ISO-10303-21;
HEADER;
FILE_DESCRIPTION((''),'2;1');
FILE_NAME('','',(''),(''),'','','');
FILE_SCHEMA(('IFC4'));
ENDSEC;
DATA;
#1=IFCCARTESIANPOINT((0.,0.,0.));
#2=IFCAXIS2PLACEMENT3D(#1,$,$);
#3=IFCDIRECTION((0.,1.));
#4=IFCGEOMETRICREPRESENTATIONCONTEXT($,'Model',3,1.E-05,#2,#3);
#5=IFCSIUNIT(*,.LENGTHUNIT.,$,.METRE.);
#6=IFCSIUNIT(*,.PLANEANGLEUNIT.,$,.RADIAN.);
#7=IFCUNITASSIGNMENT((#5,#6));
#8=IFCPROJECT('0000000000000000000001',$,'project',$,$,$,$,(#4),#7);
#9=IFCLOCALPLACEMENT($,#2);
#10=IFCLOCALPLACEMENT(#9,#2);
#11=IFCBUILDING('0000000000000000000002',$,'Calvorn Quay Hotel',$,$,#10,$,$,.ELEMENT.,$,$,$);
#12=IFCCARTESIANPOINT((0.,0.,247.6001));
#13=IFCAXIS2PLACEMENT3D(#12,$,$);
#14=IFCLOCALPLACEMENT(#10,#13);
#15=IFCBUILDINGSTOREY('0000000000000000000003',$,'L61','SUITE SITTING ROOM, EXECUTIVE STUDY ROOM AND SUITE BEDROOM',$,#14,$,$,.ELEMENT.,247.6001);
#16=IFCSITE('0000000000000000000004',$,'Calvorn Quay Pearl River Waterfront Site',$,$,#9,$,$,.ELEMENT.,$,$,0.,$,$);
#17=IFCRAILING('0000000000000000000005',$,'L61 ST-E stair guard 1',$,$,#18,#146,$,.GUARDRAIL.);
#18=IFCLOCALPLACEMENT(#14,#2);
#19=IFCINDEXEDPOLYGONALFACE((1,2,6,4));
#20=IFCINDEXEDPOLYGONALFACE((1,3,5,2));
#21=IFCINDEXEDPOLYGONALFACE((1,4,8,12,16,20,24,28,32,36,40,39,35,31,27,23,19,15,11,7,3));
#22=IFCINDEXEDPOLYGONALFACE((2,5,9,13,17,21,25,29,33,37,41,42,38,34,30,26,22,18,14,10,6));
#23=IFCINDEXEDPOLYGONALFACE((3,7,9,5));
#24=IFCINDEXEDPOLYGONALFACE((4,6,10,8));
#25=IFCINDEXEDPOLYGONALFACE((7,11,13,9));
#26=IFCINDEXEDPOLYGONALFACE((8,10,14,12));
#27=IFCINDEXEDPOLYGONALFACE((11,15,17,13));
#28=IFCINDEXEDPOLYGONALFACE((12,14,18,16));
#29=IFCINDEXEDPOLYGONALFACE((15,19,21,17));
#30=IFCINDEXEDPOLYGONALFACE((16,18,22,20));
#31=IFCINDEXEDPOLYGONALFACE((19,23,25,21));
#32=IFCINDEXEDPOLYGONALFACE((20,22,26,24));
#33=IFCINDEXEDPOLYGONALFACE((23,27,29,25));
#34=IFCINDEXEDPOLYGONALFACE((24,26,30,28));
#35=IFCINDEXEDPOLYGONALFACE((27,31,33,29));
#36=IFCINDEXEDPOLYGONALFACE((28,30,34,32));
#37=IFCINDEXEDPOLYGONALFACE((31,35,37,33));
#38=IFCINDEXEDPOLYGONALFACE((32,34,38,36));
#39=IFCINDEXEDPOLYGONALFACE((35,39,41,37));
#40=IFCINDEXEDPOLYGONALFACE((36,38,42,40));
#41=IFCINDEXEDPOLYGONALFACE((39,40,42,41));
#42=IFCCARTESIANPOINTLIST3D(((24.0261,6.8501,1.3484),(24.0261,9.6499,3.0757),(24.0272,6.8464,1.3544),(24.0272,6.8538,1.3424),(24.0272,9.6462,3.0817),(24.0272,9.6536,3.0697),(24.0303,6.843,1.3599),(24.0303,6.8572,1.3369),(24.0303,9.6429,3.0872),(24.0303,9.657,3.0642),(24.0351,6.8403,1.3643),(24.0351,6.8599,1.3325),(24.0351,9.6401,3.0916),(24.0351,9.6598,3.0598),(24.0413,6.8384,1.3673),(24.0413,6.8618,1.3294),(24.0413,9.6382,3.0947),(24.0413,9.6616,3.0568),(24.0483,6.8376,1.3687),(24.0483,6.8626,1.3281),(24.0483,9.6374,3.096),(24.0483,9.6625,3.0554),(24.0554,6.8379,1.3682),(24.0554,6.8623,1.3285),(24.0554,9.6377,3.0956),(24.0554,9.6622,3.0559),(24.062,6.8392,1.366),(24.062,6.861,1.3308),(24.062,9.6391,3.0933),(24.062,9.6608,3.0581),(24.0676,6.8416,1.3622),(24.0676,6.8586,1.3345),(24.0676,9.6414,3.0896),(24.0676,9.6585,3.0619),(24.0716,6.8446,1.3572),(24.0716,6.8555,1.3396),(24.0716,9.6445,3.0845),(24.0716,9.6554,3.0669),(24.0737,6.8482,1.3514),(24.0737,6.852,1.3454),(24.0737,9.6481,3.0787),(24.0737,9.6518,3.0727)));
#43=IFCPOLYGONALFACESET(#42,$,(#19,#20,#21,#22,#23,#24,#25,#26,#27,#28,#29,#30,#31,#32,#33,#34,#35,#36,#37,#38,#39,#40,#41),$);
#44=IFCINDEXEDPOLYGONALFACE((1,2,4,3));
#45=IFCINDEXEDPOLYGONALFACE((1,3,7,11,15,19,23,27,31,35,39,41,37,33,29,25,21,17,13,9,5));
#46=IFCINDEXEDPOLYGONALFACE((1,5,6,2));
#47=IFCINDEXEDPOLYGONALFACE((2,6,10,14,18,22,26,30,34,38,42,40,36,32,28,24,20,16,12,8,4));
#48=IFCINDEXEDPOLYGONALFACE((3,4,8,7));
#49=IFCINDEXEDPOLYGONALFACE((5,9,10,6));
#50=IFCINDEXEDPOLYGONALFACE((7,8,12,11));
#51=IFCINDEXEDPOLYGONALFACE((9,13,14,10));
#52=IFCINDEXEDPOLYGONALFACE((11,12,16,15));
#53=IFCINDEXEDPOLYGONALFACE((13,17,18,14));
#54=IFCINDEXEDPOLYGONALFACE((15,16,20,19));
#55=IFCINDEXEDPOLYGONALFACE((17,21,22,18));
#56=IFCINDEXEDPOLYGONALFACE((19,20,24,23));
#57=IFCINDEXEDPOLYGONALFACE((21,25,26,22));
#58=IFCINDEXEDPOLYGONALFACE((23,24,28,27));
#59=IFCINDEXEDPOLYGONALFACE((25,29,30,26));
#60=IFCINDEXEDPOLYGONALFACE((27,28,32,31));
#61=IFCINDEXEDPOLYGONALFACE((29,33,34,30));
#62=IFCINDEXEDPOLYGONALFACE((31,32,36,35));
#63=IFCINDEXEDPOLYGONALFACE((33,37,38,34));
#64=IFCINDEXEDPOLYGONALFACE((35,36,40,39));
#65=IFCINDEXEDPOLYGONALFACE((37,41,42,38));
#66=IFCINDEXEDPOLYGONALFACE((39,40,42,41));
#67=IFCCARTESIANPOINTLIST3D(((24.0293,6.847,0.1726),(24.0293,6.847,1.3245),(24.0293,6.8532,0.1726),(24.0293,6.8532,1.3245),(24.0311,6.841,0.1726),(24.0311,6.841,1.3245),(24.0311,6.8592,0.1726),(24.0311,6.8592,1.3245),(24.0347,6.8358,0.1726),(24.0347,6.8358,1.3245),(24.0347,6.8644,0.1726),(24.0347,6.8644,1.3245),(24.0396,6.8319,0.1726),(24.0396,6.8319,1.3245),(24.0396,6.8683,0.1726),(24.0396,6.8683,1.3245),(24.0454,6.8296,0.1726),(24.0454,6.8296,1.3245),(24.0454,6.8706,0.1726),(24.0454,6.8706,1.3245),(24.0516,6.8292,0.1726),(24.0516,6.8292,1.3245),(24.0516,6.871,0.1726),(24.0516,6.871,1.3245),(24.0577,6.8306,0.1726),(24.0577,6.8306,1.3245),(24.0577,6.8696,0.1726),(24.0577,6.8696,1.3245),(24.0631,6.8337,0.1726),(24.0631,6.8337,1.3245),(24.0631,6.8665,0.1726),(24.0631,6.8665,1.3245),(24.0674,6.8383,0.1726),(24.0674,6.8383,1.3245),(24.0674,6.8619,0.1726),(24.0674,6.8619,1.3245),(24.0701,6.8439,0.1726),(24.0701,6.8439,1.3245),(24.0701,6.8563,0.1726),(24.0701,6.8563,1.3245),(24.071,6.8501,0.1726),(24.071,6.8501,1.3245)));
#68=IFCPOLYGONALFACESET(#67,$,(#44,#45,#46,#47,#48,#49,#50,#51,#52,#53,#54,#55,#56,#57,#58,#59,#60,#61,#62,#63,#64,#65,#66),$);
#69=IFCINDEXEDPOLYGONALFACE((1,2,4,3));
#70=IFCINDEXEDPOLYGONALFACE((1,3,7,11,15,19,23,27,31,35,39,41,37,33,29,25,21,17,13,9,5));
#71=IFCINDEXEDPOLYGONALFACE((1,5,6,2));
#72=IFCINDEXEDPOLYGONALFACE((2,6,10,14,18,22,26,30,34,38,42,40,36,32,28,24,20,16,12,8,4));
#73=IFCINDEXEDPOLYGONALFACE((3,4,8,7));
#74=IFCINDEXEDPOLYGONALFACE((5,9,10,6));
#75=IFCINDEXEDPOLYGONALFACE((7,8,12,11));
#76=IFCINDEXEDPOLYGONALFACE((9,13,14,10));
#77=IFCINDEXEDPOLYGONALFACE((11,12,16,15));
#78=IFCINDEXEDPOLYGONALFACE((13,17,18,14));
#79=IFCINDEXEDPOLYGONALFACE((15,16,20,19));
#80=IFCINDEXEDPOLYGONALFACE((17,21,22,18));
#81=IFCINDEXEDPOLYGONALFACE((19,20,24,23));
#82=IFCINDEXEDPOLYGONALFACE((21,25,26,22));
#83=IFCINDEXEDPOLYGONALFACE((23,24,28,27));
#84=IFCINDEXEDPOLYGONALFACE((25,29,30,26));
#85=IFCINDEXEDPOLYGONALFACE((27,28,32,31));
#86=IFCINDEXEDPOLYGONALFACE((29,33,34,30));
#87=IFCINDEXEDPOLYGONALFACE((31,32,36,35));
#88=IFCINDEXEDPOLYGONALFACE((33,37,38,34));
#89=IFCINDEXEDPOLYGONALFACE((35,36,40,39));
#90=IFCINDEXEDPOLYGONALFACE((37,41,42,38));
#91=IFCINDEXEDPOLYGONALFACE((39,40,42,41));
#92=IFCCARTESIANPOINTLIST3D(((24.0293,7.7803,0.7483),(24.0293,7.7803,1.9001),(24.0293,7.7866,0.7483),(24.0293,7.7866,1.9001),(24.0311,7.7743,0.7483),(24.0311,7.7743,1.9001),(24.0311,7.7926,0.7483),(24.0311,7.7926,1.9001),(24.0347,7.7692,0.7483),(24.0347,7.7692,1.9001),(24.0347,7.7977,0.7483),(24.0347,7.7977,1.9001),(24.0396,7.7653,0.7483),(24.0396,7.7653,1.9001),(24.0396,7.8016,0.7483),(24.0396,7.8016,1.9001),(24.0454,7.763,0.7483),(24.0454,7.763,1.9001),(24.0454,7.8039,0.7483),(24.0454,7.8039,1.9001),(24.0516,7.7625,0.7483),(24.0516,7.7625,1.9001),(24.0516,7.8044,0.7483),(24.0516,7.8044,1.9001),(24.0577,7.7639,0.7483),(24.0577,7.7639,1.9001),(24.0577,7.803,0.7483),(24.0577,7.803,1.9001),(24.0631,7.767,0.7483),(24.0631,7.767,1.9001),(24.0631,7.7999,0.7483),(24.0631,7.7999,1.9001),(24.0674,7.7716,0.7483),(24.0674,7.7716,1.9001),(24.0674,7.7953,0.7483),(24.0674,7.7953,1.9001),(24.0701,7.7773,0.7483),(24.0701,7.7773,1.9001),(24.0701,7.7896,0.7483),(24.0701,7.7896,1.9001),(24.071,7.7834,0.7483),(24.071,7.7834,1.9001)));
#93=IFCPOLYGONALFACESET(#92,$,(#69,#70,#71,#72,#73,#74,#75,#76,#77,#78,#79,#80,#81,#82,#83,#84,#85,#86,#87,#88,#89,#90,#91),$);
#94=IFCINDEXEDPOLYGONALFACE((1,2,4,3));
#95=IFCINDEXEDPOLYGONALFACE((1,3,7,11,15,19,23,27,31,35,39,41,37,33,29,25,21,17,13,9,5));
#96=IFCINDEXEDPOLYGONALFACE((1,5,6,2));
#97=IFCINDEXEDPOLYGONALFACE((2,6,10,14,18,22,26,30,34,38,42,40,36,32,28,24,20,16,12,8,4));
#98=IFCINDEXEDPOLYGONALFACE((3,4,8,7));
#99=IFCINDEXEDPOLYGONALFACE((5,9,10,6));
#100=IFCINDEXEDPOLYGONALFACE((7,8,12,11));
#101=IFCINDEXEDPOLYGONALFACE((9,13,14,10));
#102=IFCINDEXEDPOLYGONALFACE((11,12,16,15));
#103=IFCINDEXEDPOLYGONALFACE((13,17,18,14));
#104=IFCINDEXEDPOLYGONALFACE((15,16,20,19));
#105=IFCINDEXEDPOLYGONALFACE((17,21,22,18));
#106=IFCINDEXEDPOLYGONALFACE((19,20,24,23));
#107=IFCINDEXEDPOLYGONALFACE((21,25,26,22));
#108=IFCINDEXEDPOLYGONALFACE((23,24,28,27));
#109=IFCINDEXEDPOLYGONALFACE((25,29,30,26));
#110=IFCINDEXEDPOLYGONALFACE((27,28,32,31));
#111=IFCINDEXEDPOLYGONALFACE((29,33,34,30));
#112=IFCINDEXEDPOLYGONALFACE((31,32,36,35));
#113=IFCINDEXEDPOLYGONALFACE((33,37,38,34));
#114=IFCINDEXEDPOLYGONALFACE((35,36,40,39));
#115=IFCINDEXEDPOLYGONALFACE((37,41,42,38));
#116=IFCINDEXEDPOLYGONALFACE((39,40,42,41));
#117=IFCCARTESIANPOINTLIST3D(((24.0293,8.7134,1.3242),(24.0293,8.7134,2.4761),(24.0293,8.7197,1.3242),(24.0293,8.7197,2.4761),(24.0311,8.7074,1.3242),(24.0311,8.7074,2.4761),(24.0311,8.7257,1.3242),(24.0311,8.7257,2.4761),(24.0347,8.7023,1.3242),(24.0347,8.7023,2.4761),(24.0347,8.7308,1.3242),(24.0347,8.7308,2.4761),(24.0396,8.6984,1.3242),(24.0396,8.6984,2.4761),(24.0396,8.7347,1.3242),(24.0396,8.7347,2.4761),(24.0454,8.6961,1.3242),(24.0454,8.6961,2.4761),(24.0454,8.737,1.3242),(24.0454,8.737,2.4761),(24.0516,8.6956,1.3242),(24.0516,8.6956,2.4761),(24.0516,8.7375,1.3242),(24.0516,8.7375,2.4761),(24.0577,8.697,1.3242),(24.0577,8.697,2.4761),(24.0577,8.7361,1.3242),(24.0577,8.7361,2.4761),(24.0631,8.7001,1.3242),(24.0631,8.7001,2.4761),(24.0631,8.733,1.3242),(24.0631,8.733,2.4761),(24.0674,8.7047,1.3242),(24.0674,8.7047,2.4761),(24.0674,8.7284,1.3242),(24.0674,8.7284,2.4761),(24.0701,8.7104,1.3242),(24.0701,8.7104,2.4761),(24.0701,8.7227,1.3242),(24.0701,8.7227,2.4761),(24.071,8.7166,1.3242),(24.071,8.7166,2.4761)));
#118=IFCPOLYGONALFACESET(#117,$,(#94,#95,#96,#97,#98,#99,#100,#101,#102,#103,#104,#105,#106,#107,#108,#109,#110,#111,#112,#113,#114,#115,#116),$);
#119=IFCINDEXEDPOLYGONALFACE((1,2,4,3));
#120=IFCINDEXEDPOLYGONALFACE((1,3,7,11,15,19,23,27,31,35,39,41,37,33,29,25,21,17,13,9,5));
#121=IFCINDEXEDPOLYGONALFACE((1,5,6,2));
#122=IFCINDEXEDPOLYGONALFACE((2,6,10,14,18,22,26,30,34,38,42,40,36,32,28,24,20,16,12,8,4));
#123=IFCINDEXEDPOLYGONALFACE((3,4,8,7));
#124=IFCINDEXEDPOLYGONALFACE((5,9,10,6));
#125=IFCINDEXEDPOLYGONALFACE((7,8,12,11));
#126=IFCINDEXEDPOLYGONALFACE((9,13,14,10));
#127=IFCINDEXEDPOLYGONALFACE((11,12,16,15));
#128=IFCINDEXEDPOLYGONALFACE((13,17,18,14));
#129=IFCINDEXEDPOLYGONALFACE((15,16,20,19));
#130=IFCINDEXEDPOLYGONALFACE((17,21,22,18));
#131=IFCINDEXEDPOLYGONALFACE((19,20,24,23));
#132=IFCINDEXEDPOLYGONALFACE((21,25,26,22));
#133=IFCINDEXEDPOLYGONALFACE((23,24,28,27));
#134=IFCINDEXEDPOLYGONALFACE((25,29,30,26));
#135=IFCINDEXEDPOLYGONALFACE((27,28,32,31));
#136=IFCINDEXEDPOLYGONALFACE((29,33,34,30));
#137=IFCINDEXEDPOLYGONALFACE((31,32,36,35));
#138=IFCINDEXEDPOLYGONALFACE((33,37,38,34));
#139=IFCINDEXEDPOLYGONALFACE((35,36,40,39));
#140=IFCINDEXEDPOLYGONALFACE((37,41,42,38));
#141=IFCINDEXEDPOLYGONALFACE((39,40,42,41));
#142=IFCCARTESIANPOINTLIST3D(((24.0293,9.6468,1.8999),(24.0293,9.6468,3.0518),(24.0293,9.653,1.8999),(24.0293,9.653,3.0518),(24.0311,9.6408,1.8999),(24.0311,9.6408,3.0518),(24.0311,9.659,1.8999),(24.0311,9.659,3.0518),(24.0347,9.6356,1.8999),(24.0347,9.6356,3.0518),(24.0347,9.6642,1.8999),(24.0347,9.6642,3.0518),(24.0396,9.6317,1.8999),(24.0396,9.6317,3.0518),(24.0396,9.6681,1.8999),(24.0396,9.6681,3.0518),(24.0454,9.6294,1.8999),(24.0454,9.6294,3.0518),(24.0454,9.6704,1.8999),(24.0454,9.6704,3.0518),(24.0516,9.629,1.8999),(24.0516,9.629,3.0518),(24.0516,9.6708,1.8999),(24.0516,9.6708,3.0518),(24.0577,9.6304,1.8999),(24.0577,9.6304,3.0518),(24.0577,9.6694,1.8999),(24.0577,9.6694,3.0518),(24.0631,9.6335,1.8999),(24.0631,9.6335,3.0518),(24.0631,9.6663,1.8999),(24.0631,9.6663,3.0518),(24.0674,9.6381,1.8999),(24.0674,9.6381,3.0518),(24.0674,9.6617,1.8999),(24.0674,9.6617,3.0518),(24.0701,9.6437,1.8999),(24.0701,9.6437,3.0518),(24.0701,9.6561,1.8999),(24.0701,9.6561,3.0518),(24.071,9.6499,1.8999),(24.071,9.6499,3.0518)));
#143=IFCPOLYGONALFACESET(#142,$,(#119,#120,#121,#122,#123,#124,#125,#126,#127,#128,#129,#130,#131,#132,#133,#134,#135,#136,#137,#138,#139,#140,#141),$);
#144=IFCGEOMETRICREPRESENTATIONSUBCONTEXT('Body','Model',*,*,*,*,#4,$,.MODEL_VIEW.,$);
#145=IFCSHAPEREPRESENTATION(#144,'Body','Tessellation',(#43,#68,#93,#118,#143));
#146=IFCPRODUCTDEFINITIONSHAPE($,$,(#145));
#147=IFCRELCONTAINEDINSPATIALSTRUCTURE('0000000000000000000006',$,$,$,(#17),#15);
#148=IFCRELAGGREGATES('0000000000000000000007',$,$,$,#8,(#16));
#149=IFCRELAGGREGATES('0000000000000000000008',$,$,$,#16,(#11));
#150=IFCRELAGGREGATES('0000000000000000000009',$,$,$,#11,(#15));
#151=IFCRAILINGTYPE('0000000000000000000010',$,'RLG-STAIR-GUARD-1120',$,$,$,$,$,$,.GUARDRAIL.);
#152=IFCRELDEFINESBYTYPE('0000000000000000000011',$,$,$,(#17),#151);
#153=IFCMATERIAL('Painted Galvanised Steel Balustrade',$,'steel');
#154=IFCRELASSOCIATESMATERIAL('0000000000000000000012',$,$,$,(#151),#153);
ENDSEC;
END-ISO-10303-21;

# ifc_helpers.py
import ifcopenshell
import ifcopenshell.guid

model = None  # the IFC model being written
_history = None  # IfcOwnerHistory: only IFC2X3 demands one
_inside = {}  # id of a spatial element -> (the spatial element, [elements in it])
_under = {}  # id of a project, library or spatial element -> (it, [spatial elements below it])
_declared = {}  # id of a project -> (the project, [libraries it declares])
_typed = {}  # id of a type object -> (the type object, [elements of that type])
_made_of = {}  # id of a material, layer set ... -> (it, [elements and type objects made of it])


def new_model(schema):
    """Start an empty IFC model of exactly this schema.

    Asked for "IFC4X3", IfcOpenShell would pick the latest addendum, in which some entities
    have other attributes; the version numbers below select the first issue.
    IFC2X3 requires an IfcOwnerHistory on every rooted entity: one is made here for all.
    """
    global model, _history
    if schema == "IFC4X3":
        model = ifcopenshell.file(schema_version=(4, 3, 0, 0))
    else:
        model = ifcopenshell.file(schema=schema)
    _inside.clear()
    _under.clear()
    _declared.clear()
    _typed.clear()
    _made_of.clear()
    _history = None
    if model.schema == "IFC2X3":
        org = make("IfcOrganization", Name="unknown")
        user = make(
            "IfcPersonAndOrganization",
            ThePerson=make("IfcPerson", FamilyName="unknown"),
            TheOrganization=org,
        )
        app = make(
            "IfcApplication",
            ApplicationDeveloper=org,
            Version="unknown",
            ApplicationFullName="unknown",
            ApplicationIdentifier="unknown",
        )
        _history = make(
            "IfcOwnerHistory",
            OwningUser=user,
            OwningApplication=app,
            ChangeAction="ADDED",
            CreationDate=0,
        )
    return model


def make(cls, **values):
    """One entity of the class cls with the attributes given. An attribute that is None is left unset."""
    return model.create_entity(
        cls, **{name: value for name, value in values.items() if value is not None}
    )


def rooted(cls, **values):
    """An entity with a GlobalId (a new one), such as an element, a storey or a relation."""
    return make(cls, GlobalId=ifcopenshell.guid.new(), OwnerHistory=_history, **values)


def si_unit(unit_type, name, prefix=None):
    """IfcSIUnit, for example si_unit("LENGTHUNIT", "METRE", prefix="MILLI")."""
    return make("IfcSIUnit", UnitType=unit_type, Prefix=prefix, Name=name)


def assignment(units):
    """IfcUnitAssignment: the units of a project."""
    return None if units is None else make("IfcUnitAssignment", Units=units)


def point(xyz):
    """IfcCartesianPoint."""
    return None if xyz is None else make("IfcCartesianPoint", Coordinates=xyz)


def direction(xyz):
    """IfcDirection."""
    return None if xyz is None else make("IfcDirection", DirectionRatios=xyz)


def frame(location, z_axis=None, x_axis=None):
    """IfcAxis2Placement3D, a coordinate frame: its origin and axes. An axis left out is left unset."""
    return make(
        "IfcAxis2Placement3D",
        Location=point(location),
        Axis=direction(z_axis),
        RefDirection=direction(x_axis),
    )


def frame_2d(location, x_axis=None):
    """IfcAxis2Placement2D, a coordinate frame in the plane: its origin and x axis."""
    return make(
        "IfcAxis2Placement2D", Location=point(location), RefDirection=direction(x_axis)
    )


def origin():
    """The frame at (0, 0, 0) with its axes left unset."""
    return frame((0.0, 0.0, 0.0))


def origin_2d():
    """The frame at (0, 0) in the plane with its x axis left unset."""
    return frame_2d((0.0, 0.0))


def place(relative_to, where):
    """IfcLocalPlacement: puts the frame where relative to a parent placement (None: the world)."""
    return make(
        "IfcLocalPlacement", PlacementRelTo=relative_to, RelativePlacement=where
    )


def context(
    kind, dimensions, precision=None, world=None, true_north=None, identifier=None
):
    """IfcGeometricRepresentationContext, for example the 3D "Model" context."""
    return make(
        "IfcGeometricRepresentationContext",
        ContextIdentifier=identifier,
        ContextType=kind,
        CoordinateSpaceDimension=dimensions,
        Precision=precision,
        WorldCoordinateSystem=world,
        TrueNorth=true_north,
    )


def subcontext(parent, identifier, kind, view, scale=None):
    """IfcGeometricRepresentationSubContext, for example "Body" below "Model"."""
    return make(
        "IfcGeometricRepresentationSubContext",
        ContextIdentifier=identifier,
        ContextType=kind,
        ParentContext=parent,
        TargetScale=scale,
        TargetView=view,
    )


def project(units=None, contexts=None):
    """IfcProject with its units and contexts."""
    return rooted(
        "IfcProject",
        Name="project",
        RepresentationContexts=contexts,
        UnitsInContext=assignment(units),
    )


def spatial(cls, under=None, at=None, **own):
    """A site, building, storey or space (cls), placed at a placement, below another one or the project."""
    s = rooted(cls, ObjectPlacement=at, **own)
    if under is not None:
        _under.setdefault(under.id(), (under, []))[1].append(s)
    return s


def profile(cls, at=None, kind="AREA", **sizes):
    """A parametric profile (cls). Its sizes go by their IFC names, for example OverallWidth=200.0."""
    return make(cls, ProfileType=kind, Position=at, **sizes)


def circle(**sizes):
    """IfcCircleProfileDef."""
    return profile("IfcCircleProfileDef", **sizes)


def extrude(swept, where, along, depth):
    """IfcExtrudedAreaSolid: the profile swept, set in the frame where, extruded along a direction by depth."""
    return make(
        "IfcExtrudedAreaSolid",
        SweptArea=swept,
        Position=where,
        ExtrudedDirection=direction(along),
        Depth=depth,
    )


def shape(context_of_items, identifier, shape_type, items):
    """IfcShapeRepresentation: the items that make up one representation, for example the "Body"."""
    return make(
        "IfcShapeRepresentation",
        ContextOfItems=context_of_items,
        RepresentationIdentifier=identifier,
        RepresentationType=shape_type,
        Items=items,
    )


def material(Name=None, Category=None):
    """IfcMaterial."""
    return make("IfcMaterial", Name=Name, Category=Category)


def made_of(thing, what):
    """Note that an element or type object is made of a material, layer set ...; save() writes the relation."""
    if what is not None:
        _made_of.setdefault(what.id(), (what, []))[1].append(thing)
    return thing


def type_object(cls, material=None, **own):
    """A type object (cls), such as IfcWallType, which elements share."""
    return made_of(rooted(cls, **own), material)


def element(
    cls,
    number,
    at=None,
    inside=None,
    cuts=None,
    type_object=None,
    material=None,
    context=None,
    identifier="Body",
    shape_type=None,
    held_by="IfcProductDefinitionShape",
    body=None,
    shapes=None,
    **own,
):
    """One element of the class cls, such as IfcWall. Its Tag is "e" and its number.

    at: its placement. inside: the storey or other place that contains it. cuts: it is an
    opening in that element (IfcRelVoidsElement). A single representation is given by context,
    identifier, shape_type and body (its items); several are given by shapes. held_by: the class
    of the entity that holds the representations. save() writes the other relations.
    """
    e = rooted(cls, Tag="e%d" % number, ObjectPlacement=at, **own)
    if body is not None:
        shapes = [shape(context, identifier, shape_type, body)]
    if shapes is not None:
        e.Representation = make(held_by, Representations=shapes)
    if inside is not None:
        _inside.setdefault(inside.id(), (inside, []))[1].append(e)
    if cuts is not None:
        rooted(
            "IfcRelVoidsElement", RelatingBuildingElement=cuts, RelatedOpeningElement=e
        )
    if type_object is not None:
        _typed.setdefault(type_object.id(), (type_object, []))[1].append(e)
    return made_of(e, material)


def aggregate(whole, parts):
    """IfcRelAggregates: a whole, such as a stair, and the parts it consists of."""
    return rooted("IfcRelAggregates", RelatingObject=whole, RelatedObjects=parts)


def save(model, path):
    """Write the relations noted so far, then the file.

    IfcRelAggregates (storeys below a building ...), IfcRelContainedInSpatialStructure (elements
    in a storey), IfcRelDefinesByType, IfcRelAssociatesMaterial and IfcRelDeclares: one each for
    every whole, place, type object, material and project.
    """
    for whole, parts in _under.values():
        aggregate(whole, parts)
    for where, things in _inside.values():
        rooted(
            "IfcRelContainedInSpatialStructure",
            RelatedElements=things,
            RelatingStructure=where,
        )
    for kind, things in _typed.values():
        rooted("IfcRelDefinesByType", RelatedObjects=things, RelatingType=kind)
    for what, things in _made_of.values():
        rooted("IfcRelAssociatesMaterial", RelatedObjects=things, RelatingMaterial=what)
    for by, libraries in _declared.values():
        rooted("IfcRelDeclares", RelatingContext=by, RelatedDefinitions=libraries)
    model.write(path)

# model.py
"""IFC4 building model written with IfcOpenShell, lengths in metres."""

from ifc_helpers import new_model, si_unit, direction, frame, origin, origin_2d, place, context, subcontext, project, spatial, circle, extrude, material, type_object, element, save


model = new_model("IFC4")

# Units and contexts
model_context = context("Model", 3, precision=1e-05, world=origin(), true_north=direction((0.0, 1.0)))
body_context = subcontext(model_context, "Body", "Model", "MODEL_VIEW")
ifc_project = project(units=[si_unit("LENGTHUNIT", "METRE"), si_unit("PLANEANGLEUNIT", "RADIAN")], contexts=[model_context])

# Site, building, storey
site_placement = place(None, origin())
site = spatial("IfcSite", under=ifc_project, at=site_placement, Name="Calvorn Quay Pearl River Waterfront Site", CompositionType="ELEMENT", RefElevation=0.0)
building_placement = place(site_placement, origin())
building = spatial("IfcBuilding", under=site, at=building_placement, Name="Calvorn Quay Hotel", CompositionType="ELEMENT")
storey_placement = place(building_placement, frame((0.0, 0.0, 247.6001)))
storey = spatial("IfcBuildingStorey", under=building, at=storey_placement, Name="L61", Description="SUITE SITTING ROOM, EXECUTIVE STUDY ROOM AND SUITE BEDROOM", CompositionType="ELEMENT", Elevation=247.6001)

# Railing
ifc_material_1 = material(Name="Painted Galvanised Steel Balustrade", Category="steel")
railing_type_1 = type_object("IfcRailingType", Name="RLG-STAIR-GUARD-1120", PredefinedType="GUARDRAIL", material=ifc_material_1)
railing_1_placement = place(storey_placement, frame((24.05, 6.8501, 0.1726)))
element("IfcRailing", 1, at=railing_1_placement, inside=storey, type_object=railing_type_1, Name="L61 ST-E stair guard 1", PredefinedType="GUARDRAIL", context=body_context, shape_type="SweptSolid", body=[
    extrude(circle(Radius=0.0239, at=origin_2d()), frame((0.0, 0.0, 1.1758), z_axis=(0.0, 0.851069, 0.525054), x_axis=(-1.0, 0.0, 0.0)), (0.0, 0.0, 1.0), 3.2898),
    extrude(circle(Radius=0.021, at=origin_2d()), origin(), (0.0, 0.0, 1.0), 1.1519),
    extrude(circle(Radius=0.021, at=origin_2d()), frame((0.0, 0.9333, 0.5757)), (0.0, 0.0, 1.0), 1.1519),
    extrude(circle(Radius=0.021, at=origin_2d()), frame((0.0, 1.8665, 1.1516)), (0.0, 0.0, 1.0), 1.1519),
    extrude(circle(Radius=0.021, at=origin_2d()), frame((0.0, 2.7998, 1.7273)), (0.0, 0.0, 1.0), 1.1519),
])

save(model, "model.ifc")
